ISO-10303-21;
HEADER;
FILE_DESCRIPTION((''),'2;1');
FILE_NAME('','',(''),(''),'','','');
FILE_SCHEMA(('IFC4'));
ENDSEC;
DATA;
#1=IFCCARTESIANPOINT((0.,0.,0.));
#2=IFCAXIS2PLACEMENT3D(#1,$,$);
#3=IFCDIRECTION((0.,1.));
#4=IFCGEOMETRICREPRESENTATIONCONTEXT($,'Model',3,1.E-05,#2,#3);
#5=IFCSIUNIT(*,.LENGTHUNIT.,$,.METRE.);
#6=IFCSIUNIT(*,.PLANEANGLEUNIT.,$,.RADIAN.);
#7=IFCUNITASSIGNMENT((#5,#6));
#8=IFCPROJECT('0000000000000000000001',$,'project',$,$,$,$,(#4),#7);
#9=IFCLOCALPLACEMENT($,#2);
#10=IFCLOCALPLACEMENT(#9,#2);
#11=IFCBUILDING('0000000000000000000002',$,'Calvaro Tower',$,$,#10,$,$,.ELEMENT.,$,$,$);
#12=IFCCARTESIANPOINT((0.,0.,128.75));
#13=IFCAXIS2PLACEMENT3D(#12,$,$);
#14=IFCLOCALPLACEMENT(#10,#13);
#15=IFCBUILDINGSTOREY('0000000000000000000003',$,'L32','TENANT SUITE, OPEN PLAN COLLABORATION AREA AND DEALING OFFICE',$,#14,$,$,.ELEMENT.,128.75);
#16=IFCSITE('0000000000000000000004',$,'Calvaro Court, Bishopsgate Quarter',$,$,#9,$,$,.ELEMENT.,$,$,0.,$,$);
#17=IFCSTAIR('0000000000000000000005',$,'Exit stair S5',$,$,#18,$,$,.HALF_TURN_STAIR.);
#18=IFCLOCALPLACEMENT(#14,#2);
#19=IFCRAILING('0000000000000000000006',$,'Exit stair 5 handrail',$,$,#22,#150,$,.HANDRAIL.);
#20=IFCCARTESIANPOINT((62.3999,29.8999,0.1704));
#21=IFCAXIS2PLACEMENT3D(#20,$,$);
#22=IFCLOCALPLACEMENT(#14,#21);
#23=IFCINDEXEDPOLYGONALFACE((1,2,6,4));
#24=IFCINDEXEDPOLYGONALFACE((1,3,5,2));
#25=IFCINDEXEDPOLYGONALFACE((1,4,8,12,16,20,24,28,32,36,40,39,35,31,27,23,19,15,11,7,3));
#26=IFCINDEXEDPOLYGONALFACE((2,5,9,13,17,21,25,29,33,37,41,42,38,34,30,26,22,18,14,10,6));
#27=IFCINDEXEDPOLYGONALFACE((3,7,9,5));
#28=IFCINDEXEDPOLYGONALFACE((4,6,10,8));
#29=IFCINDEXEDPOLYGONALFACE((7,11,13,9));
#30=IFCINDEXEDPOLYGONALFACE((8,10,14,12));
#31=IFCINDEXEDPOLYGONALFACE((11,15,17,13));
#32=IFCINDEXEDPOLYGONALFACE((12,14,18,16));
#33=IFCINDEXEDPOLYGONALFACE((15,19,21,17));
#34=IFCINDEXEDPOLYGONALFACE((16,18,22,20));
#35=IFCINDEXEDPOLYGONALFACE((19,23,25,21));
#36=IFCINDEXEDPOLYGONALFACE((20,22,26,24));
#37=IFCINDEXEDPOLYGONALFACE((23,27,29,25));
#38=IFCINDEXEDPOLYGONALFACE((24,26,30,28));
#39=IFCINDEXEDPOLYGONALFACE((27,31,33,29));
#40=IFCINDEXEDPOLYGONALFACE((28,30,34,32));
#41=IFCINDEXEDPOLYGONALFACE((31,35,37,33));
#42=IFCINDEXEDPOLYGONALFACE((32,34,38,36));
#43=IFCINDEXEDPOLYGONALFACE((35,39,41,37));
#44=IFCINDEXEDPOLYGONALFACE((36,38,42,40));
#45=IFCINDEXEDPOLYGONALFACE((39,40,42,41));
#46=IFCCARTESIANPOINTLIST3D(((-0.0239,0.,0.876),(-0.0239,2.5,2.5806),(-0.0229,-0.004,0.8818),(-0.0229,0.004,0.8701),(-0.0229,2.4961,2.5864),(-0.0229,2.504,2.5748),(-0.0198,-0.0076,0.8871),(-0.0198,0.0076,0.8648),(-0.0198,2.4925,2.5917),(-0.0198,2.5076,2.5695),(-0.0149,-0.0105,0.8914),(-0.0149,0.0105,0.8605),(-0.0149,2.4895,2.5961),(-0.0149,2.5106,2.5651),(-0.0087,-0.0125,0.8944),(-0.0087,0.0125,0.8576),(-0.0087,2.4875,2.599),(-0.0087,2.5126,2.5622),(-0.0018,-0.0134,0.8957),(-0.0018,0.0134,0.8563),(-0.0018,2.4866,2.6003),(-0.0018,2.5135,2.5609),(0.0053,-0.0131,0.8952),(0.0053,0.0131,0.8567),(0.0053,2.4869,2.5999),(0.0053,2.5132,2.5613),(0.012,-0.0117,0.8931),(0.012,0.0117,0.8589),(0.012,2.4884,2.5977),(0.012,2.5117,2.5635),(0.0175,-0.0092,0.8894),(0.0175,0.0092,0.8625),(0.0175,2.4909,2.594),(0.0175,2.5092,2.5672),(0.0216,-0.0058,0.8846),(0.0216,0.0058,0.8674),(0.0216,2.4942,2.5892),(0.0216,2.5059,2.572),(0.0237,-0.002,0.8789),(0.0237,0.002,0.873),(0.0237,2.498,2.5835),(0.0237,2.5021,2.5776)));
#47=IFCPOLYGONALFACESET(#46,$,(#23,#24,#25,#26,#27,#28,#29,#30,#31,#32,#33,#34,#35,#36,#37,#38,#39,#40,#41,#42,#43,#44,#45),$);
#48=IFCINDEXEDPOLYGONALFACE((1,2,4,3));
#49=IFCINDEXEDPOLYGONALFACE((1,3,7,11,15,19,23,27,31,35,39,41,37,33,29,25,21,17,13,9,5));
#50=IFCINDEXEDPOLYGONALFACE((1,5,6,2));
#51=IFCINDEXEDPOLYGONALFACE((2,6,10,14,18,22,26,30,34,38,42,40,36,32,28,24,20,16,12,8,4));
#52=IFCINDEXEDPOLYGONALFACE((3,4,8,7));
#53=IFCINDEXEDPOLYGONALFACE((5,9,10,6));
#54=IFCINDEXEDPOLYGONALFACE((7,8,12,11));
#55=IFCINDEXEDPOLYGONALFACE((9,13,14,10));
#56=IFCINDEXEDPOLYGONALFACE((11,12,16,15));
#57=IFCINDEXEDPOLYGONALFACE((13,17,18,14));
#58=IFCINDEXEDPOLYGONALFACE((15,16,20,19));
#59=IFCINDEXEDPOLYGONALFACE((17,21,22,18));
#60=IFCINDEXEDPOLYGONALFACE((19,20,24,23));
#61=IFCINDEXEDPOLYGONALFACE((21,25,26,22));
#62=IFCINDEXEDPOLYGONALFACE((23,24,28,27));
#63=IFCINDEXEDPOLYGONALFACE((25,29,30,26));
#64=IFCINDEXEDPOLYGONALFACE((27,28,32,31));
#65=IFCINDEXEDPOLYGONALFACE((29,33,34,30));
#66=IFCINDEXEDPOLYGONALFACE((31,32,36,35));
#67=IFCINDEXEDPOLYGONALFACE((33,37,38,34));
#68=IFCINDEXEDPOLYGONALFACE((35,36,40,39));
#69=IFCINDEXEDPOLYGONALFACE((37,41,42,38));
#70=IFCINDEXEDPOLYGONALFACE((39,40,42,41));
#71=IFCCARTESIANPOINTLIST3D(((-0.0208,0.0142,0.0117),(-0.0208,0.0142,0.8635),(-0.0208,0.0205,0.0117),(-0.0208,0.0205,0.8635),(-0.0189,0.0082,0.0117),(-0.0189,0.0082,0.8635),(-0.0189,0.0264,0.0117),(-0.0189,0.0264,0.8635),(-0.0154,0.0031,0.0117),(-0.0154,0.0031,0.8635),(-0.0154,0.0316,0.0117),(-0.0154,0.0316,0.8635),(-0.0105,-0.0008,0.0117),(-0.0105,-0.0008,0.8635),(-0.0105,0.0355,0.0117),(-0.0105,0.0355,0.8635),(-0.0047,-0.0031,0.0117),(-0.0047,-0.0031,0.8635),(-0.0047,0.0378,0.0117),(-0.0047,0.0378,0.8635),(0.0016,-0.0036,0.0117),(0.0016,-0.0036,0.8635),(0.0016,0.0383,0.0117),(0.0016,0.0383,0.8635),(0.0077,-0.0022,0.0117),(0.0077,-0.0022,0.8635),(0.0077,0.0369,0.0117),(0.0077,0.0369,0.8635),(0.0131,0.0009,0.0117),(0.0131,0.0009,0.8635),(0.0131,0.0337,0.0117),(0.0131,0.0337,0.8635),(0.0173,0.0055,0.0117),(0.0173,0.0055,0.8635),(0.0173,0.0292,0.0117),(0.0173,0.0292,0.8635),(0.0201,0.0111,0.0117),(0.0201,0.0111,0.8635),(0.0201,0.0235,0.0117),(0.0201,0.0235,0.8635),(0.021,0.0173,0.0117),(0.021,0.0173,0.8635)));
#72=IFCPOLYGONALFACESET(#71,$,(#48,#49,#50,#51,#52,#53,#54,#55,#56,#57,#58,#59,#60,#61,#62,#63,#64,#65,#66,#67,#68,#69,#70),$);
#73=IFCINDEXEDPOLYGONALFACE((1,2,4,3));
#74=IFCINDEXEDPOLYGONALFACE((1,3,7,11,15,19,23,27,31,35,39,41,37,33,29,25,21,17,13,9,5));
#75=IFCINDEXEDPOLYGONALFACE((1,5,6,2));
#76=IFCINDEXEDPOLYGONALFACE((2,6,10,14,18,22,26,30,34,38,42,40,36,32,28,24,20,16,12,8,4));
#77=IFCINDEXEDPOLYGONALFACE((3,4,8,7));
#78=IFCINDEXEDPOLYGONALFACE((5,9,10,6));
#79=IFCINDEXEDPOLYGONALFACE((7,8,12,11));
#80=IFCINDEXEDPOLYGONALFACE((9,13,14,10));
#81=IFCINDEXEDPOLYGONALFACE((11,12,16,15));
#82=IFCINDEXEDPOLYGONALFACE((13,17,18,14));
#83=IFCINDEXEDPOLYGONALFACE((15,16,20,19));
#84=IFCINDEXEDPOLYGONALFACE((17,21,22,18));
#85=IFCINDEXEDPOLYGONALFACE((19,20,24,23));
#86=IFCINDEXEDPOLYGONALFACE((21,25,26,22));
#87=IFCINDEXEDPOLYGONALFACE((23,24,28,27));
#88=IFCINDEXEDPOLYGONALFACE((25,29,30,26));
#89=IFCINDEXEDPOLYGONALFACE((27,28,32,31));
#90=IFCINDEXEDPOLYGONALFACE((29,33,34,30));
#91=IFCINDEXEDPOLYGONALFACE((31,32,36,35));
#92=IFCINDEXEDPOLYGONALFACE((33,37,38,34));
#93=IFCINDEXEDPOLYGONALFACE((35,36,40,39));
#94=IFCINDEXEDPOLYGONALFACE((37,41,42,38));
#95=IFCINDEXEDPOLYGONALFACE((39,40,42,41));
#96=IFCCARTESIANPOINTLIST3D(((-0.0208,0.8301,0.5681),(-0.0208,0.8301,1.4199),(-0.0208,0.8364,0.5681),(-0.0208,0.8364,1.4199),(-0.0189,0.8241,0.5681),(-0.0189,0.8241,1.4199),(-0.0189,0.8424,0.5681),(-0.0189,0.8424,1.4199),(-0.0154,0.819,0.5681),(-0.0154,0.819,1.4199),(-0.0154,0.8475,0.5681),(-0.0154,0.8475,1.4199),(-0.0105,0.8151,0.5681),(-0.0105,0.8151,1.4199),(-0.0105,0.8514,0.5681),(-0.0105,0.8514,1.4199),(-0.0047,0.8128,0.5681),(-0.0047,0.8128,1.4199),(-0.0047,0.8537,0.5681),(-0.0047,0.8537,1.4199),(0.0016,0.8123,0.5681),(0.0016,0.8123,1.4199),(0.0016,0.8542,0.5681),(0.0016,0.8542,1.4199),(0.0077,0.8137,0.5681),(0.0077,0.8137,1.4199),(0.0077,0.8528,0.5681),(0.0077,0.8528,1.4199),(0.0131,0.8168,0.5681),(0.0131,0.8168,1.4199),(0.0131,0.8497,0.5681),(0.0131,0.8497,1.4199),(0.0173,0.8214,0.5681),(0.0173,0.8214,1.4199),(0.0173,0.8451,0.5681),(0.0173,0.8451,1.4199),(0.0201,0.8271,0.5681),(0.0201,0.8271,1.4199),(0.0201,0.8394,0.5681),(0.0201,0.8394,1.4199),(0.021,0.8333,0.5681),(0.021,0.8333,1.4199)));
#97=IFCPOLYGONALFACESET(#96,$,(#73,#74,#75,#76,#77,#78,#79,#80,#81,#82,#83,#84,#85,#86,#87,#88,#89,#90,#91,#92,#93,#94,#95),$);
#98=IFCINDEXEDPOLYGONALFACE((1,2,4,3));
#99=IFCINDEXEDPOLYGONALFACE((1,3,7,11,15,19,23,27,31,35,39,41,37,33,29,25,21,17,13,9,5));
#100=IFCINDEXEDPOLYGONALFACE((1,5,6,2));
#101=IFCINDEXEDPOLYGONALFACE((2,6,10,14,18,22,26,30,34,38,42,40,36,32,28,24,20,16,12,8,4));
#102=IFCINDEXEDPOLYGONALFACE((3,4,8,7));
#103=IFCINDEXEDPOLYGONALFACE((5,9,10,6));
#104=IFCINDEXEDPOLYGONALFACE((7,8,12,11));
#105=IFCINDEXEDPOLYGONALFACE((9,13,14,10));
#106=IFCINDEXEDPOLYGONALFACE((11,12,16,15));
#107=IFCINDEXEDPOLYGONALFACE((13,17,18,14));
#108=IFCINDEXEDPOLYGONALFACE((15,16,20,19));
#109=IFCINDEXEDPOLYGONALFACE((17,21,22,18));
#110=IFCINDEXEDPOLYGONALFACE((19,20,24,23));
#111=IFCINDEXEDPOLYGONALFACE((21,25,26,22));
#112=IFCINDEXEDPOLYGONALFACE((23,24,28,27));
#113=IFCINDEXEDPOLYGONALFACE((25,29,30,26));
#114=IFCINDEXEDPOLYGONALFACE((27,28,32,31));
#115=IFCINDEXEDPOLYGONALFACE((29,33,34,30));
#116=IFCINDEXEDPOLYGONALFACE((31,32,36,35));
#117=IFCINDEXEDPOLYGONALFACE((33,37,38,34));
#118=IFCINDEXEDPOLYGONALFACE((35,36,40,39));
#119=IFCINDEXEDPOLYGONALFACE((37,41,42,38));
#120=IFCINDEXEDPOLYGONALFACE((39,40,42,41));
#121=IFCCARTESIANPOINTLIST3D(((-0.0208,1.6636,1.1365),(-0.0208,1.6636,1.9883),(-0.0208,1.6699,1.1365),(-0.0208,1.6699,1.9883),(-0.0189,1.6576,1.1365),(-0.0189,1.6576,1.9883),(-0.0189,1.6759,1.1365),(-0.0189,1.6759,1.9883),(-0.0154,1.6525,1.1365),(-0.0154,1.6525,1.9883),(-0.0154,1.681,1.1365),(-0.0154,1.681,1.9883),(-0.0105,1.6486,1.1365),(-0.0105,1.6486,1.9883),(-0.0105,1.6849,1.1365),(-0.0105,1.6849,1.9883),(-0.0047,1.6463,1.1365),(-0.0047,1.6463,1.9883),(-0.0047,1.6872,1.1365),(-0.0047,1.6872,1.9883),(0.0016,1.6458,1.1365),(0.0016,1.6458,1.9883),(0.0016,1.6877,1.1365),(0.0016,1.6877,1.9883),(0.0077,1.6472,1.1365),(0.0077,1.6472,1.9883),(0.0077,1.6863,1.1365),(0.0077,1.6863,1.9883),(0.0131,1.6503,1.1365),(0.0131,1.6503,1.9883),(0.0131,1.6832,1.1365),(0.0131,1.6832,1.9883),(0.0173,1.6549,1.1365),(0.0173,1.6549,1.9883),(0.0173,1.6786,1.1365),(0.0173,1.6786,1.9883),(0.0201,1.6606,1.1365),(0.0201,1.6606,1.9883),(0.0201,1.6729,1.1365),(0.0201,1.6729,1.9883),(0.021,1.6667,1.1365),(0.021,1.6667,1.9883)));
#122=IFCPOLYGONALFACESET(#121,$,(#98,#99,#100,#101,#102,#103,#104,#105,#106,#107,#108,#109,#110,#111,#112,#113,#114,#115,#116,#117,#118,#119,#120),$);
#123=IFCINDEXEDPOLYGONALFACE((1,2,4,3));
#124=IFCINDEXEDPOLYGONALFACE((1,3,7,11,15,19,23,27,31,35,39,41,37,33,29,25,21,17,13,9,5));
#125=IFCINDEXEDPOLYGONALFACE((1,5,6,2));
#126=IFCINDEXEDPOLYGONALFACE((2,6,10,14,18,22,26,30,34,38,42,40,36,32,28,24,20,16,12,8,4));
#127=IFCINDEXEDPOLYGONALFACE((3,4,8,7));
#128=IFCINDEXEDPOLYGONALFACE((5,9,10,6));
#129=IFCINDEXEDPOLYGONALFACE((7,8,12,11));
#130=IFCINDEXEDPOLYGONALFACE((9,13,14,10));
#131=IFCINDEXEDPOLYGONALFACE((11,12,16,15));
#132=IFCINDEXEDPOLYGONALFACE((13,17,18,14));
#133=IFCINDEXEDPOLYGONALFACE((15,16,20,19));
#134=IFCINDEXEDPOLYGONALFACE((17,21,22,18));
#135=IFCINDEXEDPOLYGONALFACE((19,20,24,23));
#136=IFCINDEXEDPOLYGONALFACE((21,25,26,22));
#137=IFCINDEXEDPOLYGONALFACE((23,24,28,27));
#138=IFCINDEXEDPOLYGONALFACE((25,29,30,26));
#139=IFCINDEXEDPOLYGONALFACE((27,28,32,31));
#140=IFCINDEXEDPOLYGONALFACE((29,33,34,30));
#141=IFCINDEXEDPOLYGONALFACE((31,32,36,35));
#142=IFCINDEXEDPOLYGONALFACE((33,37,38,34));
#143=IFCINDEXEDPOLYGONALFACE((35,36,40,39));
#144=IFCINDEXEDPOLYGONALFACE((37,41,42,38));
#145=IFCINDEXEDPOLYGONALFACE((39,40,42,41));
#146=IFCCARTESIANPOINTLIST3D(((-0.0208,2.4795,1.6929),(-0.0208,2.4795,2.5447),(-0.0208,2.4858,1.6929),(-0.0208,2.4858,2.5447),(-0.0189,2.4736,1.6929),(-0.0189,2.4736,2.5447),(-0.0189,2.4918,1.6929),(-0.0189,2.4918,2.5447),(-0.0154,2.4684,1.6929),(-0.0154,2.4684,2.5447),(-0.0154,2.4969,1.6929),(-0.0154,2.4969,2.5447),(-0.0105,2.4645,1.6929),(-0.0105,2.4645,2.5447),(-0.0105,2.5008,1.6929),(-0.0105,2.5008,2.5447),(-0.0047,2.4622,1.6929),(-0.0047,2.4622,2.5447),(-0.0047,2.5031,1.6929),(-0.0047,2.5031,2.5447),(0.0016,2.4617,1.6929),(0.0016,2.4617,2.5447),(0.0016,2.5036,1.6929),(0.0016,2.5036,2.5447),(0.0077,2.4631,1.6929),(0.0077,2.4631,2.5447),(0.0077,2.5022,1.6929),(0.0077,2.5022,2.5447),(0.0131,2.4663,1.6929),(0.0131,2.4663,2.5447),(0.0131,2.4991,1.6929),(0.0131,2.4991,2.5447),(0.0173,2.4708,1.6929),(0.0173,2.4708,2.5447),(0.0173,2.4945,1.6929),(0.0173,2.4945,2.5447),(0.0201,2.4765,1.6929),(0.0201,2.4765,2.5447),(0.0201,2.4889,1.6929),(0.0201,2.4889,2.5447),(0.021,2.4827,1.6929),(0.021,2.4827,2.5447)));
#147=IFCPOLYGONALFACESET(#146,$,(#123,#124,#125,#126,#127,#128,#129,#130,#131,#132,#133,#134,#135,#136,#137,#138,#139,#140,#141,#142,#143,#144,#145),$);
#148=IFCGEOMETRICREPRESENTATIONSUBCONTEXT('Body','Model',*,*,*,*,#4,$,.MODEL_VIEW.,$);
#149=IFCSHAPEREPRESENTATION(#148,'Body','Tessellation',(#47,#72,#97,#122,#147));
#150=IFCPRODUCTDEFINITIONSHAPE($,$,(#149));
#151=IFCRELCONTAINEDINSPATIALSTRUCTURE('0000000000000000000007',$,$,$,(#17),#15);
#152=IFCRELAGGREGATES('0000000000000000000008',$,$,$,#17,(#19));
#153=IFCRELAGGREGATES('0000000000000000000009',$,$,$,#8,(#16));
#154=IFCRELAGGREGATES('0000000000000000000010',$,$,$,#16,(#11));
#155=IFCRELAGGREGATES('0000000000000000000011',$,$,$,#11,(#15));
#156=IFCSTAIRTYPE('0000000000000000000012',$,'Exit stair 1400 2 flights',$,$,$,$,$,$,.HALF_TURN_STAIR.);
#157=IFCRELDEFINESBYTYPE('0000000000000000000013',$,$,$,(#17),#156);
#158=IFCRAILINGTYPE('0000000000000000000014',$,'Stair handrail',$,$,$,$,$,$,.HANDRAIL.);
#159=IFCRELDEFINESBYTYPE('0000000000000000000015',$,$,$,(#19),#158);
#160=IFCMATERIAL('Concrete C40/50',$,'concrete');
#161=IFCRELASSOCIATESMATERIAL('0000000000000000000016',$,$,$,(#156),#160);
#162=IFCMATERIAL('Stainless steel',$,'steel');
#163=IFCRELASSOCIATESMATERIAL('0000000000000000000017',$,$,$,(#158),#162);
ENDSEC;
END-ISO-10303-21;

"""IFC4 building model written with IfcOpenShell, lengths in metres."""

from ifc_helpers import new_model, si_unit, direction, frame, origin, origin_2d, place, context, subcontext, project, spatial, circle, extrude, material, type_object, element, aggregate, save


model = new_model("IFC4")

# Units and contexts
model_context = context("Model", 3, precision=1e-05, world=origin(), true_north=direction((0.0, 1.0)))
body_context = subcontext(model_context, "Body", "Model", "MODEL_VIEW")
ifc_project = project(units=[si_unit("LENGTHUNIT", "METRE"), si_unit("PLANEANGLEUNIT", "RADIAN")], contexts=[model_context])

# Site, building, storey
site_placement = place(None, origin())
site = spatial("IfcSite", under=ifc_project, at=site_placement, Name="Calvaro Court, Bishopsgate Quarter", CompositionType="ELEMENT", RefElevation=0.0)
building_placement = place(site_placement, origin())
building = spatial("IfcBuilding", under=site, at=building_placement, Name="Calvaro Tower", CompositionType="ELEMENT")
storey_placement = place(building_placement, frame((0.0, 0.0, 128.75)))
storey = spatial("IfcBuildingStorey", under=building, at=storey_placement, Name="L32", Description="TENANT SUITE, OPEN PLAN COLLABORATION AREA AND DEALING OFFICE", CompositionType="ELEMENT", Elevation=128.75)

# Stair, railing
ifc_material_1 = material(Name="Concrete C40/50", Category="concrete")
stair_type = type_object("IfcStairType", Name="Exit stair 1400 2 flights", PredefinedType="HALF_TURN_STAIR", material=ifc_material_1)
stair_placement = place(storey_placement, origin())
stair = element("IfcStair", 1, at=stair_placement, inside=storey, type_object=stair_type, Name="Exit stair S5", PredefinedType="HALF_TURN_STAIR")
ifc_material_2 = material(Name="Stainless steel", Category="steel")
railing_type = type_object("IfcRailingType", Name="Stair handrail", PredefinedType="HANDRAIL", material=ifc_material_2)
railing_1_placement = place(storey_placement, frame((62.3999, 29.8999, 0.1704)))
railing_1 = element("IfcRailing", 2, at=railing_1_placement, type_object=railing_type, Name="Exit stair 5 handrail", PredefinedType="HANDRAIL", context=body_context, shape_type="SweptSolid", body=[
    extrude(circle(Radius=0.0239, at=origin_2d()), frame((0.0, 0.0, 0.876), z_axis=(0.0, 0.826221, 0.563347), x_axis=(-1.0, 0.0, 0.0)), (0.0, 0.0, 1.0), 3.0259),
    extrude(circle(Radius=0.021, at=origin_2d()), frame((0.0, 0.0173, 0.0117)), (0.0, 0.0, 1.0), 0.8518),
    extrude(circle(Radius=0.021, at=origin_2d()), frame((0.0, 0.8333, 0.5681)), (0.0, 0.0, 1.0), 0.8518),
    extrude(circle(Radius=0.021, at=origin_2d()), frame((0.0, 1.6667, 1.1365)), (0.0, 0.0, 1.0), 0.8518),
    extrude(circle(Radius=0.021, at=origin_2d()), frame((0.0, 2.4827, 1.6929)), (0.0, 0.0, 1.0), 0.8518),
])
aggregate(stair, [railing_1])

save(model, "model.ifc")
